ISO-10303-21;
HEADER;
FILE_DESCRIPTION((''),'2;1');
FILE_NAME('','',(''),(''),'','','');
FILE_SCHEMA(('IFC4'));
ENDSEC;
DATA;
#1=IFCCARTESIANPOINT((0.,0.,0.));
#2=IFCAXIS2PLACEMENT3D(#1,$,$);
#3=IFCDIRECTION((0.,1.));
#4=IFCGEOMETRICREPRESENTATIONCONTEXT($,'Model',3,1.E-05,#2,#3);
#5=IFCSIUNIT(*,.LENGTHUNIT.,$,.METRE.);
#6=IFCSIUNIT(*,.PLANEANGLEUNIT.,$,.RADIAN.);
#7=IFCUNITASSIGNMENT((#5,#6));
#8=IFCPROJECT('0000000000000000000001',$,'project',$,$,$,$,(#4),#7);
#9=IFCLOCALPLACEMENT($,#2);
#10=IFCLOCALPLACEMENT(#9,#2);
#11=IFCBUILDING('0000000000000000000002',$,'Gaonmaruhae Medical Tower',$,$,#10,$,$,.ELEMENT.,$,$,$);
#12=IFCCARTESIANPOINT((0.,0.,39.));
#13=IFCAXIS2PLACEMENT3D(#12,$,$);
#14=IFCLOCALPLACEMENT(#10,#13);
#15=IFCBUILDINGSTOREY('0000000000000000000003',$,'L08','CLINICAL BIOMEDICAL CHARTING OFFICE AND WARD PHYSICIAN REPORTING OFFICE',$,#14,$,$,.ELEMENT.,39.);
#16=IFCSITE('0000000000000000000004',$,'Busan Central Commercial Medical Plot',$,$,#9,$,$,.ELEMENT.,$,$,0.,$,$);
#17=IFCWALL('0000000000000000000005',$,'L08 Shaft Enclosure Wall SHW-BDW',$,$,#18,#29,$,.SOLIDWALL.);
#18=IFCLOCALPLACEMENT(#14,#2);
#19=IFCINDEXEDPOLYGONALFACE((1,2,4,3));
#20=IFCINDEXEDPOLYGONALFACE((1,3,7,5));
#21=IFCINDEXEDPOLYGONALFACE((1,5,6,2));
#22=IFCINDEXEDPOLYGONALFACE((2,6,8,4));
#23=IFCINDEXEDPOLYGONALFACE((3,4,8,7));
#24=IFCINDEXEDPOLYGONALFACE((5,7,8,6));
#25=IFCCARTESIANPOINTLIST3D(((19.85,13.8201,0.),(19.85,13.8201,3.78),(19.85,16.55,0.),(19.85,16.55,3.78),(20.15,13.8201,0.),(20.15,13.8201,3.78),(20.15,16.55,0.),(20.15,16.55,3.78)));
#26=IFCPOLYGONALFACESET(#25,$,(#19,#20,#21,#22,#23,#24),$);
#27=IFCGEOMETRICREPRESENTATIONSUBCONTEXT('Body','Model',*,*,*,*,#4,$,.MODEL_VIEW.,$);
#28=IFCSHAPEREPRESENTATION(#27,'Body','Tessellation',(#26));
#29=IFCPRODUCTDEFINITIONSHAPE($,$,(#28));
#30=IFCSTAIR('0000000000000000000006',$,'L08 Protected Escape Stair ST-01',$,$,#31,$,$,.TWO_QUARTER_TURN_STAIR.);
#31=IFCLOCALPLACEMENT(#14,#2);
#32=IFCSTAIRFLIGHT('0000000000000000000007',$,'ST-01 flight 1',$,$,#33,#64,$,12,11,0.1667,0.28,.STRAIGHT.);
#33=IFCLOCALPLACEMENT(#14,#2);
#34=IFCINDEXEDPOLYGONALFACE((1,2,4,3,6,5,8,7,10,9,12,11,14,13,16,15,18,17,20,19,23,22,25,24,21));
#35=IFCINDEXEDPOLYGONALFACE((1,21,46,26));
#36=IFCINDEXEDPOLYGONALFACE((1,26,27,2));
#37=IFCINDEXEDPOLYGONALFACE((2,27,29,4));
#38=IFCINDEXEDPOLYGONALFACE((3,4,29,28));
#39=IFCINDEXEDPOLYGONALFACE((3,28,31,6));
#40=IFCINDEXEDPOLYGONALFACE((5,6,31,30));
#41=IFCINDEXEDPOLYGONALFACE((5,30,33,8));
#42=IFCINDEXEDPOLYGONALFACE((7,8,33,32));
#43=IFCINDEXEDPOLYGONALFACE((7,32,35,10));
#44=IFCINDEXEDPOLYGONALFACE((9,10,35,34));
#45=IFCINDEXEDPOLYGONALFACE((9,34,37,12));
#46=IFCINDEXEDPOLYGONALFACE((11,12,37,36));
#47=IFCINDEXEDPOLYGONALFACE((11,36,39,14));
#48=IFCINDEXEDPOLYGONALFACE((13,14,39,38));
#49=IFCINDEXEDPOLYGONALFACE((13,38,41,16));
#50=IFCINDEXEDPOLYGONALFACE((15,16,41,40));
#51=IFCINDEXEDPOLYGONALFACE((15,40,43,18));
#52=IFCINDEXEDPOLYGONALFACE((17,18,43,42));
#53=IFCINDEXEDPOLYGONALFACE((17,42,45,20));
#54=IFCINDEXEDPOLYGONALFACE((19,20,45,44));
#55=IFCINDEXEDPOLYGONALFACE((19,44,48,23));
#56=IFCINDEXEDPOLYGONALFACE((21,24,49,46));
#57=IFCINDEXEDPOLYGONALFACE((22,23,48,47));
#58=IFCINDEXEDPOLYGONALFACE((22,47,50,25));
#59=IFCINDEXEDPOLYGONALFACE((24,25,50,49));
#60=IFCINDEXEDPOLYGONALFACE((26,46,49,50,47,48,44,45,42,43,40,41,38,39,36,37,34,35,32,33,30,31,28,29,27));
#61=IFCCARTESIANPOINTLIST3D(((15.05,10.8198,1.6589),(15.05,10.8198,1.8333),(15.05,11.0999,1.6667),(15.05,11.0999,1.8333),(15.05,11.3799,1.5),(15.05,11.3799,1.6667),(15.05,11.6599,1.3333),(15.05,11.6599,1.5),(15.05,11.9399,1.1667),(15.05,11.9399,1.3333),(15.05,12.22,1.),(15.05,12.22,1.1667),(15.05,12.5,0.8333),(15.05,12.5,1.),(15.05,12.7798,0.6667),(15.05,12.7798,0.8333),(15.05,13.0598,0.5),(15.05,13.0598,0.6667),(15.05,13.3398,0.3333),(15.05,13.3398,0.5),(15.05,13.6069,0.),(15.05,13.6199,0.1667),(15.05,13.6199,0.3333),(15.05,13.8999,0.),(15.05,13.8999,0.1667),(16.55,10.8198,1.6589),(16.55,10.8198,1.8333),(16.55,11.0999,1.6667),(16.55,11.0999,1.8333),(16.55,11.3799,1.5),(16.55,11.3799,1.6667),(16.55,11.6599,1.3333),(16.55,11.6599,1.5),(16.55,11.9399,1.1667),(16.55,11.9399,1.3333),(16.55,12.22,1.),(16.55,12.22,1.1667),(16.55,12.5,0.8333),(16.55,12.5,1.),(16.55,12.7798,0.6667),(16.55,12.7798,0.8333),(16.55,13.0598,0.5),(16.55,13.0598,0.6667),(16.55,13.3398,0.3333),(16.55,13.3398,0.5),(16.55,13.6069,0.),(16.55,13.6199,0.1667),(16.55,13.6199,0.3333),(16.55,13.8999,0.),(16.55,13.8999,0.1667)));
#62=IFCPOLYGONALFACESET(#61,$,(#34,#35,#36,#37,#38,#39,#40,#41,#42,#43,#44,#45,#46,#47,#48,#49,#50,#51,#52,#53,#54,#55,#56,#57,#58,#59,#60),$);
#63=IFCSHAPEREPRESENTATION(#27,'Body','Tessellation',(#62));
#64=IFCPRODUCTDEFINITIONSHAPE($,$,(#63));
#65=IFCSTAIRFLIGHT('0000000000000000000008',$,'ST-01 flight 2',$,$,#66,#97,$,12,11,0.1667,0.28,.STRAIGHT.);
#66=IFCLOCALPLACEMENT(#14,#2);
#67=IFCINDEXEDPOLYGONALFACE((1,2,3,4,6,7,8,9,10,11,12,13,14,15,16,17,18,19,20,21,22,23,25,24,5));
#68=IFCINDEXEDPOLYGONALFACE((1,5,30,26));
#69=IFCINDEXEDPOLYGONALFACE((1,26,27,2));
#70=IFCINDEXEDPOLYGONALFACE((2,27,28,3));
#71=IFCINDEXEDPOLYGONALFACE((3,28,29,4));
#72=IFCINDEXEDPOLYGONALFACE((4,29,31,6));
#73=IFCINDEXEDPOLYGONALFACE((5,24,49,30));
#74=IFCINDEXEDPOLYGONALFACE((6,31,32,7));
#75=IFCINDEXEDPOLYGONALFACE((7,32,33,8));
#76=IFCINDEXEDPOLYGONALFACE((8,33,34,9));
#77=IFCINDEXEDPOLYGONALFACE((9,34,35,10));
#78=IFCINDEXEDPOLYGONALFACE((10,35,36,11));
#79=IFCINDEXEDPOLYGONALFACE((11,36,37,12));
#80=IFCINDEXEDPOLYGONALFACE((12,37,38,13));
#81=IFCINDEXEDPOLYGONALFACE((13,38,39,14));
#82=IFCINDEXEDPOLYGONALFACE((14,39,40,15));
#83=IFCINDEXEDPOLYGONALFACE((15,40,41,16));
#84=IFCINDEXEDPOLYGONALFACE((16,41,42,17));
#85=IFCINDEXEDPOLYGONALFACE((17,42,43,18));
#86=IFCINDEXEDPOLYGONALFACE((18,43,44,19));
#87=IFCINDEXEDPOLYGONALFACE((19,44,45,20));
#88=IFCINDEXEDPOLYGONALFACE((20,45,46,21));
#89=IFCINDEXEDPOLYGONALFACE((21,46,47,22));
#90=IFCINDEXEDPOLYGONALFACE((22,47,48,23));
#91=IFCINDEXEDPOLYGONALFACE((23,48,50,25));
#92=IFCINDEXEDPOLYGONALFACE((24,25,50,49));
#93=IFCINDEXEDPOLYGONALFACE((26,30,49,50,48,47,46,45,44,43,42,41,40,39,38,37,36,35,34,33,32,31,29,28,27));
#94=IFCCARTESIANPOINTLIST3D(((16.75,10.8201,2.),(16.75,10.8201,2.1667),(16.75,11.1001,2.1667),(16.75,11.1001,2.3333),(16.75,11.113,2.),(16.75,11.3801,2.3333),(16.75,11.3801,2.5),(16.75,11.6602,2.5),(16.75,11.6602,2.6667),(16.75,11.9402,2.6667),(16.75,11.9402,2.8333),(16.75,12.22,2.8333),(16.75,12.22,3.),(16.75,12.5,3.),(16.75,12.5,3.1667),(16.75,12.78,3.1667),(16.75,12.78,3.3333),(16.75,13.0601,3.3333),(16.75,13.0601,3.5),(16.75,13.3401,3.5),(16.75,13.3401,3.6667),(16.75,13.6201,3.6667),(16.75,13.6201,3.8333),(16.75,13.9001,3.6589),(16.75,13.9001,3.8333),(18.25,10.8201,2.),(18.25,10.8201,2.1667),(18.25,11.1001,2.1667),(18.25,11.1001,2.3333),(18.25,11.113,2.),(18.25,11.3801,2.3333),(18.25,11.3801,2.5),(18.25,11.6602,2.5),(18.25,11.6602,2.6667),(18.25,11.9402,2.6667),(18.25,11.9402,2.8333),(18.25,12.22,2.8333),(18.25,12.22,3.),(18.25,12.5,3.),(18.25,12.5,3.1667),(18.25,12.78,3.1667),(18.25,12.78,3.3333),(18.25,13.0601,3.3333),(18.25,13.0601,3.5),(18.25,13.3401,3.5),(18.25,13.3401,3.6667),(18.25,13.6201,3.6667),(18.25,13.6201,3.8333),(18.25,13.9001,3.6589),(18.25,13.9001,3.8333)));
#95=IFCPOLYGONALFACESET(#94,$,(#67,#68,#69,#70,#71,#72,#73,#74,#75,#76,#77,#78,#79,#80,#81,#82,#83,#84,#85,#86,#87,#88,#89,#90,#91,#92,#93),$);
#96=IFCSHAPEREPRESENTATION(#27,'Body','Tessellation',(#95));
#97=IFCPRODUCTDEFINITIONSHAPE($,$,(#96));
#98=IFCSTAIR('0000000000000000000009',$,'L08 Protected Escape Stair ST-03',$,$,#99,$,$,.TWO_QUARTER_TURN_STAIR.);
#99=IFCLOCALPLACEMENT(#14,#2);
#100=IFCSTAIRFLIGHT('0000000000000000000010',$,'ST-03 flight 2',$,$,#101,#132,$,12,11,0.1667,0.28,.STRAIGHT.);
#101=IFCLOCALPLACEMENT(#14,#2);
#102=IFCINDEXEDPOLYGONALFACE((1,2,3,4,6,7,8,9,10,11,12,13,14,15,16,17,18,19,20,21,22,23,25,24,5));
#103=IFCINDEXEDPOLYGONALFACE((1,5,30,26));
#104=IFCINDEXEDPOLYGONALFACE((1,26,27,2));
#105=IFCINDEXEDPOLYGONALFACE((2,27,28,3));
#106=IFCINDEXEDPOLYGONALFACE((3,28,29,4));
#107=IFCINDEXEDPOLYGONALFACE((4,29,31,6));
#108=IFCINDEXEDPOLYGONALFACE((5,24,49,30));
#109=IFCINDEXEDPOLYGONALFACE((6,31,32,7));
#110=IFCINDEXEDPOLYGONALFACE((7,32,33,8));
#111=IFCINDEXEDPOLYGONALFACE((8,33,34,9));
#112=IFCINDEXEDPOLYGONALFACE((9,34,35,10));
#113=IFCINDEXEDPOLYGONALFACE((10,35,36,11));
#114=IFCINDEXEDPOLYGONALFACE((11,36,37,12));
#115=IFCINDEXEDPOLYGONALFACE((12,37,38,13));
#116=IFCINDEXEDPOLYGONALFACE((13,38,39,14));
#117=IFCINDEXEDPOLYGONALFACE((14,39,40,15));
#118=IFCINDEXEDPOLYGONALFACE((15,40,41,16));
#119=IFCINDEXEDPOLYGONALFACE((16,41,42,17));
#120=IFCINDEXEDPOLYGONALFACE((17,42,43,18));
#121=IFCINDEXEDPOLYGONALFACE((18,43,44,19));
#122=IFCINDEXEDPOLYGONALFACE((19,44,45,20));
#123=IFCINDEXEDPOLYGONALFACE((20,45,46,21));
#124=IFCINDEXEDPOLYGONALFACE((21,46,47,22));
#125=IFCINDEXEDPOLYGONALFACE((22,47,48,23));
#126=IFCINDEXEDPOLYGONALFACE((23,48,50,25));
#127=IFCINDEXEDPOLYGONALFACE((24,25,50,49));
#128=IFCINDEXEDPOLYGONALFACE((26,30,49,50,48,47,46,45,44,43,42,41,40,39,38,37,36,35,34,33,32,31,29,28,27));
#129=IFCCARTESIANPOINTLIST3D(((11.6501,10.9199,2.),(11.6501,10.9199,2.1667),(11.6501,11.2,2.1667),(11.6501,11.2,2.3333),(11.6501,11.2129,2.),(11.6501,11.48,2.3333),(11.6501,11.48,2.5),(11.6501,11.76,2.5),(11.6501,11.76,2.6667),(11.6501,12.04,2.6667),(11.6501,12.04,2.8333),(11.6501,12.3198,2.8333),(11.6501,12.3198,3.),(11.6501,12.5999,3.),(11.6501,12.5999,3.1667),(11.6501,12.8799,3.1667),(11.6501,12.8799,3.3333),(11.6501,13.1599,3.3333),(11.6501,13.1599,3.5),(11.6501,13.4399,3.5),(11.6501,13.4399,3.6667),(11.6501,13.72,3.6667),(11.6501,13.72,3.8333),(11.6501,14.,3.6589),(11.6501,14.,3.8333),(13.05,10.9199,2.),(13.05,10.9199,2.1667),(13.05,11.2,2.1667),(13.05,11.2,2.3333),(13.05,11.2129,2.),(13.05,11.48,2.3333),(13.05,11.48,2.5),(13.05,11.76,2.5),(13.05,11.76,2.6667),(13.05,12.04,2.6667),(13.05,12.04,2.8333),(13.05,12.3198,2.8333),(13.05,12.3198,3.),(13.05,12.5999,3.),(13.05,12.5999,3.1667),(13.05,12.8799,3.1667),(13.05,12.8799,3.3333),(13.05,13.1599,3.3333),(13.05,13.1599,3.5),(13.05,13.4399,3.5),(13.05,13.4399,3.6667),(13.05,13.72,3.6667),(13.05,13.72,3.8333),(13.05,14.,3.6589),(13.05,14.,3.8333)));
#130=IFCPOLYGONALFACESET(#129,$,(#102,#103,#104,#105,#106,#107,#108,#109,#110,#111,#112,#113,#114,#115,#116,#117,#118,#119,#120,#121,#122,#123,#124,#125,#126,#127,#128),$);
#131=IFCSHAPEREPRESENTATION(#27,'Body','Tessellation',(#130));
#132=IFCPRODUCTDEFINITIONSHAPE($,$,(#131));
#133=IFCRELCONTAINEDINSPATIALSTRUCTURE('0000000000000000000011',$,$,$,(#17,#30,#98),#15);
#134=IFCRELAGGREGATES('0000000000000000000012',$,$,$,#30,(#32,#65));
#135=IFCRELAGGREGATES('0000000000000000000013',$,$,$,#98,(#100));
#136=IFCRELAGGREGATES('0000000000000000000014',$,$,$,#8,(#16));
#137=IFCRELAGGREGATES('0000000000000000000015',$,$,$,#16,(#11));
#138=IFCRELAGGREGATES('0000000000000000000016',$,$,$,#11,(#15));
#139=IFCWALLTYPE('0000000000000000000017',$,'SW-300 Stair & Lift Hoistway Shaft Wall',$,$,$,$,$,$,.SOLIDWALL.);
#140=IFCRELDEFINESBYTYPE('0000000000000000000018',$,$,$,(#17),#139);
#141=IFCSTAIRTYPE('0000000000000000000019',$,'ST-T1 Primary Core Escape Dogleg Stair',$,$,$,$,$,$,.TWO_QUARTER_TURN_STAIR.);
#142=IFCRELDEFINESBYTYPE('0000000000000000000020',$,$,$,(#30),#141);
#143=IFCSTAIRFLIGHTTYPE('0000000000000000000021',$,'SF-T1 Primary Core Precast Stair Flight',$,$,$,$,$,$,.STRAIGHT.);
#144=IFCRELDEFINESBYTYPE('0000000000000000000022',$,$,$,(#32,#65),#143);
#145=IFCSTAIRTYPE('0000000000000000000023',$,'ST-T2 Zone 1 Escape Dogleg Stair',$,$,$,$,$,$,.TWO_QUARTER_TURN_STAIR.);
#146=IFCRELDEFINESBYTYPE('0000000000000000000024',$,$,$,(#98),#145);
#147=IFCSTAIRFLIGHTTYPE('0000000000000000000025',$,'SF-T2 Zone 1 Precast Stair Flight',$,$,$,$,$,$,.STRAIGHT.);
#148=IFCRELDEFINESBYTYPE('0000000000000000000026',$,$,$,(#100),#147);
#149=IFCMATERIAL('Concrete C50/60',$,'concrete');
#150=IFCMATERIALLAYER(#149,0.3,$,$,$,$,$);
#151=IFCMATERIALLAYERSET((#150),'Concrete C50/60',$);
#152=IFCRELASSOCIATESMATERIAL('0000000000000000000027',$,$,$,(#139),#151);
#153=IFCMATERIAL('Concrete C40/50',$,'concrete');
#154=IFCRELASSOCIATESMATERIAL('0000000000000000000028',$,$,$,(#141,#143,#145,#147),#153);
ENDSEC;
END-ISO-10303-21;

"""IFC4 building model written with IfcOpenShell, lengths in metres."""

from ifc_helpers import new_model, si_unit, direction, frame, frame_2d, origin, place, context, subcontext, project, spatial, polyline, rectangle, outline, extrude, material, layer, layer_set, type_object, element, aggregate, save


model = new_model("IFC4")

# Units and contexts
model_context = context("Model", 3, precision=1e-05, world=origin(), true_north=direction((0.0, 1.0)))
body_context = subcontext(model_context, "Body", "Model", "MODEL_VIEW")
ifc_project = project(units=[si_unit("LENGTHUNIT", "METRE"), si_unit("PLANEANGLEUNIT", "RADIAN")], contexts=[model_context])

# Site, building, storey
site_placement = place(None, origin())
site = spatial("IfcSite", under=ifc_project, at=site_placement, Name="Busan Central Commercial Medical Plot", CompositionType="ELEMENT", RefElevation=0.0)
building_placement = place(site_placement, origin())
building = spatial("IfcBuilding", under=site, at=building_placement, Name="Gaonmaruhae Medical Tower", CompositionType="ELEMENT")
storey_placement = place(building_placement, frame((0.0, 0.0, 39.0)))
storey = spatial("IfcBuildingStorey", under=building, at=storey_placement, Name="L08", Description="CLINICAL BIOMEDICAL CHARTING OFFICE AND WARD PHYSICIAN REPORTING OFFICE", CompositionType="ELEMENT", Elevation=39.0)

# Shared definitions
ifc_material_1 = material(Name="Concrete C50/60", Category="concrete")

# Shared definitions
ifc_layer_1 = layer(ifc_material_1, 0.3)
ifc_layer_set_1 = layer_set([ifc_layer_1], Name="Concrete C50/60")
wall_type_1 = type_object("IfcWallType", Name="SW-300 Stair & Lift Hoistway Shaft Wall", PredefinedType="SOLIDWALL", material=ifc_layer_set_1)

# Wall
wall_1_placement = place(storey_placement, frame((20.0, 13.8201, 0.0), z_axis=(0.0, 0.0, 1.0), x_axis=(0.0, 1.0, 0.0)))
element("IfcWall", 1, at=wall_1_placement, inside=storey, type_object=wall_type_1, Name="L08 Shaft Enclosure Wall SHW-BDW", PredefinedType="SOLIDWALL", context=body_context, shape_type="SweptSolid", body=[
    extrude(rectangle(XDim=2.73, YDim=0.3, at=frame_2d((1.365, 0.0))), origin(), (0.0, 0.0, 1.0), 3.78),
])

# Stair, stair flights
ifc_material_2 = material(Name="Concrete C40/50", Category="concrete")
stair_type_1 = type_object("IfcStairType", Name="ST-T1 Primary Core Escape Dogleg Stair", PredefinedType="TWO_QUARTER_TURN_STAIR", material=ifc_material_2)
stair_1_placement = place(storey_placement, origin())
stair_1 = element("IfcStair", 2, at=stair_1_placement, inside=storey, type_object=stair_type_1, Name="L08 Protected Escape Stair ST-01", PredefinedType="TWO_QUARTER_TURN_STAIR")
stair_flight_type_1 = type_object("IfcStairFlightType", Name="SF-T1 Primary Core Precast Stair Flight", PredefinedType="STRAIGHT", material=ifc_material_2)
stair_flight_1_placement = place(storey_placement, frame((15.8, 13.8999, 0.0), z_axis=(0.0, 0.0, 1.0), x_axis=(0.0, -1.0, 0.0)))
stair_flight_1 = element("IfcStairFlight", 3, at=stair_flight_1_placement, type_object=stair_flight_type_1, Name="ST-01 flight 1", NumberOfRisers=12, NumberOfTreads=11, PredefinedType="STRAIGHT", RiserHeight=0.1667, TreadLength=0.28, context=body_context, shape_type="SweptSolid", body=[
    extrude(outline(polyline([(0.0, 0.0), (0.0, 0.1667), (0.28, 0.1667), (0.28, 0.3333), (0.5601, 0.3333), (0.5601, 0.5), (0.8401, 0.5), (0.8401, 0.6667), (1.1201, 0.6667), (1.1201, 0.8333), (1.3999, 0.8333), (1.3999, 1.0), (1.6799, 1.0), (1.6799, 1.1667), (1.96, 1.1667), (1.96, 1.3333), (2.24, 1.3333), (2.24, 1.5), (2.52, 1.5), (2.52, 1.6667), (2.8, 1.6667), (2.8, 1.8333), (3.0801, 1.8333), (3.0801, 2.0), (3.0801, 1.6589), (0.293, 0.0), (0.0, 0.0)])), frame((0.0, 0.75, 0.0), z_axis=(0.0, -1.0, 0.0), x_axis=(1.0, 0.0, 0.0)), (0.0, 0.0, 1.0), 1.5),
])
stair_flight_2_placement = place(storey_placement, frame((17.5, 10.8201, 2.0), z_axis=(0.0, 0.0, 1.0), x_axis=(0.0, 1.0, 0.0)))
stair_flight_2 = element("IfcStairFlight", 4, at=stair_flight_2_placement, type_object=stair_flight_type_1, Name="ST-01 flight 2", NumberOfRisers=12, NumberOfTreads=11, PredefinedType="STRAIGHT", RiserHeight=0.1667, TreadLength=0.28, context=body_context, shape_type="SweptSolid", body=[
    extrude(outline(polyline([(0.0, 0.0), (0.0, 0.1667), (0.28, 0.1667), (0.28, 0.3333), (0.5601, 0.3333), (0.5601, 0.5), (0.8401, 0.5), (0.8401, 0.6667), (1.1201, 0.6667), (1.1201, 0.8333), (1.3999, 0.8333), (1.3999, 1.0), (1.6799, 1.0), (1.6799, 1.1667), (1.96, 1.1667), (1.96, 1.3333), (2.24, 1.3333), (2.24, 1.5), (2.52, 1.5), (2.52, 1.6667), (2.8, 1.6667), (2.8, 1.8333), (3.0801, 1.8333), (3.0801, 2.0), (3.0801, 1.6589), (0.293, 0.0), (0.0, 0.0)])), frame((0.0, 0.75, 0.0), z_axis=(0.0, -1.0, 0.0), x_axis=(1.0, 0.0, 0.0)), (0.0, 0.0, 1.0), 1.5),
])
aggregate(stair_1, [stair_flight_1, stair_flight_2])

# Stair, stair flight
stair_type_2 = type_object("IfcStairType", Name="ST-T2 Zone 1 Escape Dogleg Stair", PredefinedType="TWO_QUARTER_TURN_STAIR", material=ifc_material_2)
stair_2_placement = place(storey_placement, origin())
stair_2 = element("IfcStair", 5, at=stair_2_placement, inside=storey, type_object=stair_type_2, Name="L08 Protected Escape Stair ST-03", PredefinedType="TWO_QUARTER_TURN_STAIR")
stair_flight_type_2 = type_object("IfcStairFlightType", Name="SF-T2 Zone 1 Precast Stair Flight", PredefinedType="STRAIGHT", material=ifc_material_2)
stair_flight_3_placement = place(storey_placement, frame((12.3501, 10.9199, 2.0), z_axis=(0.0, 0.0, 1.0), x_axis=(0.0, 1.0, 0.0)))
stair_flight_3 = element("IfcStairFlight", 6, at=stair_flight_3_placement, type_object=stair_flight_type_2, Name="ST-03 flight 2", NumberOfRisers=12, NumberOfTreads=11, PredefinedType="STRAIGHT", RiserHeight=0.1667, TreadLength=0.28, context=body_context, shape_type="SweptSolid", body=[
    extrude(outline(polyline([(0.0, 0.0), (0.0, 0.1667), (0.28, 0.1667), (0.28, 0.3333), (0.5601, 0.3333), (0.5601, 0.5), (0.8401, 0.5), (0.8401, 0.6667), (1.1201, 0.6667), (1.1201, 0.8333), (1.3999, 0.8333), (1.3999, 1.0), (1.6799, 1.0), (1.6799, 1.1667), (1.96, 1.1667), (1.96, 1.3333), (2.24, 1.3333), (2.24, 1.5), (2.52, 1.5), (2.52, 1.6667), (2.8, 1.6667), (2.8, 1.8333), (3.0801, 1.8333), (3.0801, 2.0), (3.0801, 1.6589), (0.293, 0.0), (0.0, 0.0)])), frame((0.0, 0.7, 0.0), z_axis=(0.0, -1.0, 0.0), x_axis=(1.0, 0.0, 0.0)), (0.0, 0.0, 1.0), 1.3999),
])
aggregate(stair_2, [stair_flight_3])

save(model, "model.ifc")
